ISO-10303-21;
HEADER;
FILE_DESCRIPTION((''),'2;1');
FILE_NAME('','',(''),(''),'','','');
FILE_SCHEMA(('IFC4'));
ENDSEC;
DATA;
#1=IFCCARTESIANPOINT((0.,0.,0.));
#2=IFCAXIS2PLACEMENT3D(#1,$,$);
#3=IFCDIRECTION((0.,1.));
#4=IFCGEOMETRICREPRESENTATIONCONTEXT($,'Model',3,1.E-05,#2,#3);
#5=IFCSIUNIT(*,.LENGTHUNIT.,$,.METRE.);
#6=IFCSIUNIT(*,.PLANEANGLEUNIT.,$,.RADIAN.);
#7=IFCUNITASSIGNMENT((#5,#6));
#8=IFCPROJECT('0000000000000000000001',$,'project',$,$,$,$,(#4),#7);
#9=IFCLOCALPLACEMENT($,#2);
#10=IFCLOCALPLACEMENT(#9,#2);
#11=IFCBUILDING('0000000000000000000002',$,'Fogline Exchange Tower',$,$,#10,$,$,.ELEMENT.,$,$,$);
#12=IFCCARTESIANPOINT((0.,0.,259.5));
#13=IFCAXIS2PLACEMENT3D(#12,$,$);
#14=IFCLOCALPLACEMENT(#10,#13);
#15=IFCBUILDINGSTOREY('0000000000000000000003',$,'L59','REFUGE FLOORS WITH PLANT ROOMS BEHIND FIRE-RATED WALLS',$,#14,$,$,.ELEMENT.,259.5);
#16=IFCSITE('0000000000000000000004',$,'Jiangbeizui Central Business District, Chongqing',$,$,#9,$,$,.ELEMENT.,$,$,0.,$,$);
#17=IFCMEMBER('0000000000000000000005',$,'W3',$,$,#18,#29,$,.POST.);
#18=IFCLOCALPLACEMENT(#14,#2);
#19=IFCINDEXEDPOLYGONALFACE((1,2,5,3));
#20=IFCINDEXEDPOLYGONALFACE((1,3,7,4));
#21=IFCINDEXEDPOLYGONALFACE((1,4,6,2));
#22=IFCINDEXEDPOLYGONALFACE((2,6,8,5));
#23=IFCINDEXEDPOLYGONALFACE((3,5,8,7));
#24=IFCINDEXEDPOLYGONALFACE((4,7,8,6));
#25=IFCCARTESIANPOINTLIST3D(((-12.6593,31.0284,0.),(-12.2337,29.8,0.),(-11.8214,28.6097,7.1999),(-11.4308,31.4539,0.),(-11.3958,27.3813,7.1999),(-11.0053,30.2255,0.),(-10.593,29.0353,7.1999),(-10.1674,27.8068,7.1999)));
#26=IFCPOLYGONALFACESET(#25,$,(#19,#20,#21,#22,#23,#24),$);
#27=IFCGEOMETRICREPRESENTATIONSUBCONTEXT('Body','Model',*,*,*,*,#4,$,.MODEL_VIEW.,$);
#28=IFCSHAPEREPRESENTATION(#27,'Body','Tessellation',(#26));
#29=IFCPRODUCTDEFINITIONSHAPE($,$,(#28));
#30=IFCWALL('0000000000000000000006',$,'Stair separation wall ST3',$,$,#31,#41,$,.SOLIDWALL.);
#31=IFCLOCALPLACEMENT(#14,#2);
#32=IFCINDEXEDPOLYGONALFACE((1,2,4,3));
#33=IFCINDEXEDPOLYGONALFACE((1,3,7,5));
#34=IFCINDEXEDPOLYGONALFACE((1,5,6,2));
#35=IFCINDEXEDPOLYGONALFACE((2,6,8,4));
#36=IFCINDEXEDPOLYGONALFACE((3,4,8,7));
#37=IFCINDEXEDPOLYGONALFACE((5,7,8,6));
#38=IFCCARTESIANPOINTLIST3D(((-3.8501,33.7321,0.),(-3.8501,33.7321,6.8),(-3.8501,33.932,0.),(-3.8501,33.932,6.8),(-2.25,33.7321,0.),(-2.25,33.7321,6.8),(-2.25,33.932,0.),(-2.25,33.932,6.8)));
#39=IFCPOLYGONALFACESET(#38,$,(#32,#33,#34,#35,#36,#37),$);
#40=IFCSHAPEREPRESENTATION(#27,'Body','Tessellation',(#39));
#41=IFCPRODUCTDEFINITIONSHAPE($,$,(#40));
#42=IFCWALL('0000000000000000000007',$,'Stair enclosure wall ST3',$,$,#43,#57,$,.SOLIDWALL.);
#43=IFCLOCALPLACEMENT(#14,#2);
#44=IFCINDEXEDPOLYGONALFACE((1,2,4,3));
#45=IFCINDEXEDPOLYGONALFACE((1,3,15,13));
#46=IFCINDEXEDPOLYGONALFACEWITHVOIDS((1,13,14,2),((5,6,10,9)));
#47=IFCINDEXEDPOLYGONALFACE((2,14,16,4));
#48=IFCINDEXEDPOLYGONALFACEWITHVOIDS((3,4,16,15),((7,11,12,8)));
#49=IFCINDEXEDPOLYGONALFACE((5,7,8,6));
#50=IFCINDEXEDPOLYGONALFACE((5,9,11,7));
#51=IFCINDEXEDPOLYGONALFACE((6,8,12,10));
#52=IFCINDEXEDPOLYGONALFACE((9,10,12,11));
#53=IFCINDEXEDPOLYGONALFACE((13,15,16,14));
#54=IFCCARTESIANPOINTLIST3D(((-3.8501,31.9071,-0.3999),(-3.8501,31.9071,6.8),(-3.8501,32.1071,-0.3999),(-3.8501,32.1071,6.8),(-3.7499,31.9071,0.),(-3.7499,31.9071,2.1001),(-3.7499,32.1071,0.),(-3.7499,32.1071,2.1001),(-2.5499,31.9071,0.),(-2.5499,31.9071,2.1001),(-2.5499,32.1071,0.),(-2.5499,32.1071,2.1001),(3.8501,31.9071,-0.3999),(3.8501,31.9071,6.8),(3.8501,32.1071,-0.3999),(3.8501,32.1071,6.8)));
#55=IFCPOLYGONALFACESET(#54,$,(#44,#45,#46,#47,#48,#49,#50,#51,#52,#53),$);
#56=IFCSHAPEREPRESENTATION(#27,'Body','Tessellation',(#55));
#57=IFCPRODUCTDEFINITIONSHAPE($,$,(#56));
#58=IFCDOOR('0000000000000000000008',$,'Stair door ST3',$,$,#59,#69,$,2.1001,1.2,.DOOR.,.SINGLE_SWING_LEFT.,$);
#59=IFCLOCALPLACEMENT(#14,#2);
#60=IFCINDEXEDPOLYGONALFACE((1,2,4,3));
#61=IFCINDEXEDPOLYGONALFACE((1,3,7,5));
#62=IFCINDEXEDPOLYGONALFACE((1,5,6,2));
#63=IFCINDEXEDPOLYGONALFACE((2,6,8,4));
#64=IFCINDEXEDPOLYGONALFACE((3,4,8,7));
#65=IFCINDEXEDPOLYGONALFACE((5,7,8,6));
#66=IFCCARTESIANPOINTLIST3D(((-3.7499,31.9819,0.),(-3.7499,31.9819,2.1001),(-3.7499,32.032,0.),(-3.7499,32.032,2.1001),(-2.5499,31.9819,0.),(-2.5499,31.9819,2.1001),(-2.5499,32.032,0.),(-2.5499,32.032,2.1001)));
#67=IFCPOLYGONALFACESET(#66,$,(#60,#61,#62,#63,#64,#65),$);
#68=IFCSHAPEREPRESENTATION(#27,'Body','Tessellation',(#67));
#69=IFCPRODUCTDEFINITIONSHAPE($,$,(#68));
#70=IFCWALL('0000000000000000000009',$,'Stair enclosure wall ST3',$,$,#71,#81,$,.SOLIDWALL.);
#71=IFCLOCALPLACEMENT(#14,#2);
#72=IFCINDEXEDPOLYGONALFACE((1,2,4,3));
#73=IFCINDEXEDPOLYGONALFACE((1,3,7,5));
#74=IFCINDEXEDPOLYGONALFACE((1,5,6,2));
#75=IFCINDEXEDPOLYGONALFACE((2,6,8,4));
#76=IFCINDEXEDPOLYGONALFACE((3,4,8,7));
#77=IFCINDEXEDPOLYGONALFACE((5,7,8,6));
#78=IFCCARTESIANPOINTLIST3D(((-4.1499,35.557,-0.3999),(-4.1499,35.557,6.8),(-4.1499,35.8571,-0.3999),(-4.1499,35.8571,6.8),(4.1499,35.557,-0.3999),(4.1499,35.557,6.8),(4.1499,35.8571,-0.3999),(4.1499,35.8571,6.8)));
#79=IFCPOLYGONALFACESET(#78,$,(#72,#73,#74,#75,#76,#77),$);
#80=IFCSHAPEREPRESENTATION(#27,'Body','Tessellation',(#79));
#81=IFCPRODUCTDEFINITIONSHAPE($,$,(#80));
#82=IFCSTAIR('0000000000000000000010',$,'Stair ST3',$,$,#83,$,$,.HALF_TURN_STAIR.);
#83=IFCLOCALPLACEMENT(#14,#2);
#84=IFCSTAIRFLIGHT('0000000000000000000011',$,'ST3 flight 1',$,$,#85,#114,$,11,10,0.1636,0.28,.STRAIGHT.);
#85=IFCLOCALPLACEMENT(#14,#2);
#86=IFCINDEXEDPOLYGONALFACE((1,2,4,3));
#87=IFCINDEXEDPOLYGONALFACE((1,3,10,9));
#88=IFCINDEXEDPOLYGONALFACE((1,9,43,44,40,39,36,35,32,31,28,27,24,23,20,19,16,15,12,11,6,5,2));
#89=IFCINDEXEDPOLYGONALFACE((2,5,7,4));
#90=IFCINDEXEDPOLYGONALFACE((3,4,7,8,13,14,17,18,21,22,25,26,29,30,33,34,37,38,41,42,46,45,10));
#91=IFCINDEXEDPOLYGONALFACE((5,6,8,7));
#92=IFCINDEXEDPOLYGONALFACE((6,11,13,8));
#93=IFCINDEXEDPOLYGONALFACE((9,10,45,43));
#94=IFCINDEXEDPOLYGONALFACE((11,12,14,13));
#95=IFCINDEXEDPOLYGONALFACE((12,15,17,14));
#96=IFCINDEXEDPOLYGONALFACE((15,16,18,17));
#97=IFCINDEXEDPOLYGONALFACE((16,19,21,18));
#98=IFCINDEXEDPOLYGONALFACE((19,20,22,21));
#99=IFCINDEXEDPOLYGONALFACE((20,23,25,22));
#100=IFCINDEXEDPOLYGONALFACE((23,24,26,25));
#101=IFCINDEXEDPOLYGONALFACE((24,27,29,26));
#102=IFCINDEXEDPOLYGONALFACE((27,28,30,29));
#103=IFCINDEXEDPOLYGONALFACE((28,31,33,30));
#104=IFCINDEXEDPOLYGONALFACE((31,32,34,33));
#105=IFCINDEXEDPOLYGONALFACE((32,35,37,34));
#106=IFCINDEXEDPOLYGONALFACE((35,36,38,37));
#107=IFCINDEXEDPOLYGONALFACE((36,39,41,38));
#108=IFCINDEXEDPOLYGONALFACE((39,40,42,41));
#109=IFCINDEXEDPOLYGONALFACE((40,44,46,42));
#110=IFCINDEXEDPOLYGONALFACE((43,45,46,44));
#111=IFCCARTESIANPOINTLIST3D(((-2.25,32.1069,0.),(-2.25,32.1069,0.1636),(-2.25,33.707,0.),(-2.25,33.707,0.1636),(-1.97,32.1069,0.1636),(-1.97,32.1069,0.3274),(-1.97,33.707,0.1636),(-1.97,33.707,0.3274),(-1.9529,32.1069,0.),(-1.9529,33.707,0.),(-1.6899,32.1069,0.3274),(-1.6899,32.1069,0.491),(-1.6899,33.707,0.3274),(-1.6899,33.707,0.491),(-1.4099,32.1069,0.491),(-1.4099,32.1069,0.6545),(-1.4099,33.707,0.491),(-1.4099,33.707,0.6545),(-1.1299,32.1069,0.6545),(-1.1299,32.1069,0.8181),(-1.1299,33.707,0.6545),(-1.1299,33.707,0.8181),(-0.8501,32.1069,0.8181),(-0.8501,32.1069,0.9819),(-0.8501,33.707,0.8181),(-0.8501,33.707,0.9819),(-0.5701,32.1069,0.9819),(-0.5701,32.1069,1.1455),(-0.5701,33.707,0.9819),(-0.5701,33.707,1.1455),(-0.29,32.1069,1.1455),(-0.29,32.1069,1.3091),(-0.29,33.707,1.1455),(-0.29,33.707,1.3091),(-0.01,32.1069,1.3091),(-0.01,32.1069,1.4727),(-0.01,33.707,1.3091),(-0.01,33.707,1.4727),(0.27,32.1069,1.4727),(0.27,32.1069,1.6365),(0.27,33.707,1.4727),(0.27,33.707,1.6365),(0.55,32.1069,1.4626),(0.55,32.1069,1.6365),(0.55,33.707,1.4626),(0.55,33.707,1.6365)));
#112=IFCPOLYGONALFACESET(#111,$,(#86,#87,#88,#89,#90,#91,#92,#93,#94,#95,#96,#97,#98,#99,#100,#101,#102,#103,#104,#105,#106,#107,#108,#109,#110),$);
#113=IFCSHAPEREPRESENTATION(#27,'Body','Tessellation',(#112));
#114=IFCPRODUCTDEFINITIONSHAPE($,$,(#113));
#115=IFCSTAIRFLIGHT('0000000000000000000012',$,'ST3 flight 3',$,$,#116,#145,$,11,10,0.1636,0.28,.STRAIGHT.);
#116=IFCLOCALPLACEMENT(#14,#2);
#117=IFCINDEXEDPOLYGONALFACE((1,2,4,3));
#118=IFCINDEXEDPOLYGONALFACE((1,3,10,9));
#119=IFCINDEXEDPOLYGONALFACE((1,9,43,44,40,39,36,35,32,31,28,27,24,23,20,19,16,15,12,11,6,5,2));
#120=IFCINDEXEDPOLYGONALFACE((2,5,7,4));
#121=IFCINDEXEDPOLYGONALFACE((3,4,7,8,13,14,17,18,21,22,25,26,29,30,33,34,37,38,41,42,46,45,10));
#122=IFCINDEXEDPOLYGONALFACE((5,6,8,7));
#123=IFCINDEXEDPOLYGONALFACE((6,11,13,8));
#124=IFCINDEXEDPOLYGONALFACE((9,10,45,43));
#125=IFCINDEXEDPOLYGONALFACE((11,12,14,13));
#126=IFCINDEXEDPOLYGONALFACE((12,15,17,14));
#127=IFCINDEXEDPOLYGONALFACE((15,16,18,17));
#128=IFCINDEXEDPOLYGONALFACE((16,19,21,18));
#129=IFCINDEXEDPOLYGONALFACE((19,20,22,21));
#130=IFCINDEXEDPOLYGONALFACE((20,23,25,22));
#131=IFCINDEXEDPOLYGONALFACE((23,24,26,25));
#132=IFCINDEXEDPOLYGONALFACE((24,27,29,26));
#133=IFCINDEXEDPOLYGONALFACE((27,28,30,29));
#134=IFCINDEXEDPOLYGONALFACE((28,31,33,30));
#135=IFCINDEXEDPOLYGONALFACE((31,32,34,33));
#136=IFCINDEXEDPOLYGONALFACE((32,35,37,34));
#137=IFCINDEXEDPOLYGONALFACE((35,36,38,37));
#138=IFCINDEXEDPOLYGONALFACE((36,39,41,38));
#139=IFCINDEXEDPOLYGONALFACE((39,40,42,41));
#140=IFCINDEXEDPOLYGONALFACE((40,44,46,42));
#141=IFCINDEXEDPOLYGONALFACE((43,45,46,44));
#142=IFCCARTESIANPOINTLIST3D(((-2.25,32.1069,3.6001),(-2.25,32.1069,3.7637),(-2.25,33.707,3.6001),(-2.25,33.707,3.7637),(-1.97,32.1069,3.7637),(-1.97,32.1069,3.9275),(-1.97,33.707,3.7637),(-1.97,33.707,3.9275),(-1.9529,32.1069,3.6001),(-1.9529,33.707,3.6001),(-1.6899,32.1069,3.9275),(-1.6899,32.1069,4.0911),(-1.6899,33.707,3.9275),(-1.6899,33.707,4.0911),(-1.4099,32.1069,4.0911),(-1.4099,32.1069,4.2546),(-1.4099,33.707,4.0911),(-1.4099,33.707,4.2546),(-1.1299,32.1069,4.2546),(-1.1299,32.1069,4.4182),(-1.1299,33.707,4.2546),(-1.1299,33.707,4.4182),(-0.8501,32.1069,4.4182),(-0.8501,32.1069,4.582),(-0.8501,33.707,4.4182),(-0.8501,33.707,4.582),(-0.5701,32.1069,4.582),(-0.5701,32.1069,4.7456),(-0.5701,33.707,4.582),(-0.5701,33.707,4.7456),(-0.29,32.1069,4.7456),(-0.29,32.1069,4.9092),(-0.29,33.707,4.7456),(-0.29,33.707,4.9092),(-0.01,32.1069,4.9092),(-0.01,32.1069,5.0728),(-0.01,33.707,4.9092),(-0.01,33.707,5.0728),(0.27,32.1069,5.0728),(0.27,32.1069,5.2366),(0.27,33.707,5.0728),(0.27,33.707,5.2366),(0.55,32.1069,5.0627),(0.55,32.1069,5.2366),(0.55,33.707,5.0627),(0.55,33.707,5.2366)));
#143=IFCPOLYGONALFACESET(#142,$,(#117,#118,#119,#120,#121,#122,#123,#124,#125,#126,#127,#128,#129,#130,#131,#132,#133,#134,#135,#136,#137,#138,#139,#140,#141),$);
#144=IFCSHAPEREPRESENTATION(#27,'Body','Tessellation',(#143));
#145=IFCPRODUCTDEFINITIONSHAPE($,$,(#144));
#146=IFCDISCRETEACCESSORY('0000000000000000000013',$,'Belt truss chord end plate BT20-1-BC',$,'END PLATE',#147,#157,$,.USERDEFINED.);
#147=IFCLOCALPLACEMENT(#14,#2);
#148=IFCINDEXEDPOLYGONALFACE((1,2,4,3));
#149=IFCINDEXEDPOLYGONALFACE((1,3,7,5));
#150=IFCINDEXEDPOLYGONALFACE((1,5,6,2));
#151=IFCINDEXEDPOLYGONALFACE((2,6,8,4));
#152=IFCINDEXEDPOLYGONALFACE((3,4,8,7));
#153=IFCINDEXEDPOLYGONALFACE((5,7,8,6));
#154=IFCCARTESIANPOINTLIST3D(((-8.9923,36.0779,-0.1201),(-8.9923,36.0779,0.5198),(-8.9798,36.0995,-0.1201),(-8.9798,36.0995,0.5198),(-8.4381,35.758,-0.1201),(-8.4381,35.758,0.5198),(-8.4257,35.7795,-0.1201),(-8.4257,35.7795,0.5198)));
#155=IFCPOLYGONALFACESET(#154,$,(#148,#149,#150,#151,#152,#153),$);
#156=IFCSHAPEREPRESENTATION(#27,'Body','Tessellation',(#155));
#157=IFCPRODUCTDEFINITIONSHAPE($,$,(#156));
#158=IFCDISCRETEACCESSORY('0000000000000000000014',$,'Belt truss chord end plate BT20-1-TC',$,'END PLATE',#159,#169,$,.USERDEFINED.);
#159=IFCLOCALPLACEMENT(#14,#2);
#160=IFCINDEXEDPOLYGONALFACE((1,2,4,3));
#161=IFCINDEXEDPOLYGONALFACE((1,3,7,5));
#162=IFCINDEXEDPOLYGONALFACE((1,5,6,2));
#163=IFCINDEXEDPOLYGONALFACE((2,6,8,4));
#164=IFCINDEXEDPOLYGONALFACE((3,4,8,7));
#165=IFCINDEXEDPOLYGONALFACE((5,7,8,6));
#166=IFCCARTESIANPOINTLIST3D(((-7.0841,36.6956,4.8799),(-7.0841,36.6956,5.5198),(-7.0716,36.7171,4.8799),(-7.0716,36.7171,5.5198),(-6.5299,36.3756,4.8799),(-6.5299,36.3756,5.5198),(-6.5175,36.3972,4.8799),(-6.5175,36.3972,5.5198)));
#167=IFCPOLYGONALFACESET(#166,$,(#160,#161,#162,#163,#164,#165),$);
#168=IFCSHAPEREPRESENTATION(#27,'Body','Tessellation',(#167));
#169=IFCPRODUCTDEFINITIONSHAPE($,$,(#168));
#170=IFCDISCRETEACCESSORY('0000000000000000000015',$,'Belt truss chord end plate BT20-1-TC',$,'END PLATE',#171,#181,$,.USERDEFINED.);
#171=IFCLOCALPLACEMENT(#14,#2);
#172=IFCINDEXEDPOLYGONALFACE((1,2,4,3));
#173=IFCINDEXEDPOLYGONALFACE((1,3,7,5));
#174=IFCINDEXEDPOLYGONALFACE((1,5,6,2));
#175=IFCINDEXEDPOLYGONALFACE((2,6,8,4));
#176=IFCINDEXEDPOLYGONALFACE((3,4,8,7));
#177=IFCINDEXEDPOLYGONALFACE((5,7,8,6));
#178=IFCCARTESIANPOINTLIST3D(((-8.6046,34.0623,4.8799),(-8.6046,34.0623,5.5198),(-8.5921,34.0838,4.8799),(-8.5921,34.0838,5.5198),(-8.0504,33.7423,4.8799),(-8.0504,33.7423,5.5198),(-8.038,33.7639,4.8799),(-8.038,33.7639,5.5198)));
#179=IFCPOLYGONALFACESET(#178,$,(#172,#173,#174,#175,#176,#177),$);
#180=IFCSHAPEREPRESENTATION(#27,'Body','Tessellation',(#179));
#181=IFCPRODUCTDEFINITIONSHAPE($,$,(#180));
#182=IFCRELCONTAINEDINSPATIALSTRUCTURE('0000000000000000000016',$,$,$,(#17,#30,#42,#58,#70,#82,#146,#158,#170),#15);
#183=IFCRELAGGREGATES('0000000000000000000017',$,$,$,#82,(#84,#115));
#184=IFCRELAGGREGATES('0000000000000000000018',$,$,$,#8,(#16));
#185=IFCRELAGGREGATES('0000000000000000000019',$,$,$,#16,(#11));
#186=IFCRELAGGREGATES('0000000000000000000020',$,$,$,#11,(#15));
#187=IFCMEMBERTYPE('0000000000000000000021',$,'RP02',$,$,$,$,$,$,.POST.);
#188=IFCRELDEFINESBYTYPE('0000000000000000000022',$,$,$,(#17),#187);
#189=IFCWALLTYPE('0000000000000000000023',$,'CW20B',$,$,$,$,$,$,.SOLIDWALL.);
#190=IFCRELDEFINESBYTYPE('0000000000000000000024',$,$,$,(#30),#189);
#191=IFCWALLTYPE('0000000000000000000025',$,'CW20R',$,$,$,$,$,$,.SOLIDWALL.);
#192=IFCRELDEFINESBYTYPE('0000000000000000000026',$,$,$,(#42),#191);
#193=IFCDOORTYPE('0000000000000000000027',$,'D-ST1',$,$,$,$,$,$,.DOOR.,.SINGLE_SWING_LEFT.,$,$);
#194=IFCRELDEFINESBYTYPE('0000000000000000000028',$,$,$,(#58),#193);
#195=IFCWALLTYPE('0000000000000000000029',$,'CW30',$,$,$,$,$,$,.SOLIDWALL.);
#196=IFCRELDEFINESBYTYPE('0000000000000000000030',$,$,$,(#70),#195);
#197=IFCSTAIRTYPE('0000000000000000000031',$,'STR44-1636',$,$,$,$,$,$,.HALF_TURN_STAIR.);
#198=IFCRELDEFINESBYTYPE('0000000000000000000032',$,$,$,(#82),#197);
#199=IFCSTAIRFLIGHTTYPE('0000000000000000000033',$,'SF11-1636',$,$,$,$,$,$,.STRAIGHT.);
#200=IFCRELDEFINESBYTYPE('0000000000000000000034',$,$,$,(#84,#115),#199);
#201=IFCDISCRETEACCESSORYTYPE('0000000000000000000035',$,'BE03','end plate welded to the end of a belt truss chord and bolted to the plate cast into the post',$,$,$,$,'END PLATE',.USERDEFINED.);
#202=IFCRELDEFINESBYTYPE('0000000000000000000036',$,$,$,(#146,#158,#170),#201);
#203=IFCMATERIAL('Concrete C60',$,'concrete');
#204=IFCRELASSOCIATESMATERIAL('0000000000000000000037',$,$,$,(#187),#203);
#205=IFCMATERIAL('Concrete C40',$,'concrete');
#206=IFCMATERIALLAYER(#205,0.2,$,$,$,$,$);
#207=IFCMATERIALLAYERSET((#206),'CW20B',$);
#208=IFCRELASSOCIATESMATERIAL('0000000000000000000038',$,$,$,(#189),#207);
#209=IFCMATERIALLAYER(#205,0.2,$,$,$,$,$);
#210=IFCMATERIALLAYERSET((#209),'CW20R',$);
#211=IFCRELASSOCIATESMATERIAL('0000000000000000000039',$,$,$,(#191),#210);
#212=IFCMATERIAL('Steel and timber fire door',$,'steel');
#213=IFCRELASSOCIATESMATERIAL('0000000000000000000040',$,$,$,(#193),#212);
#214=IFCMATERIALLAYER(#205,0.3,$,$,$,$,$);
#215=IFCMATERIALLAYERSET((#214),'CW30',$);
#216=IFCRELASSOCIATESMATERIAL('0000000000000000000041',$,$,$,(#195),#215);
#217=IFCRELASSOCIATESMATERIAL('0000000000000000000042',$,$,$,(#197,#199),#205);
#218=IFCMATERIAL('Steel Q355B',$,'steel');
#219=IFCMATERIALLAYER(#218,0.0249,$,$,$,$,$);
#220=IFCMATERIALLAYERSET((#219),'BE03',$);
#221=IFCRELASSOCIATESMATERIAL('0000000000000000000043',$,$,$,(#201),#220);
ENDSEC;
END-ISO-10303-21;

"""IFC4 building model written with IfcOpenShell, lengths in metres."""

from ifc_helpers import new_model, si_unit, direction, frame, frame_2d, origin, origin_2d, place, context, subcontext, project, spatial, polyline, rectangle, outline, extrude, material, layer, layer_set, material_profile, profile_set, type_object, element, fill, aggregate, save


model = new_model("IFC4")

# Units and contexts
model_context = context("Model", 3, precision=1e-05, world=origin(), true_north=direction((0.0, 1.0)))
body_context = subcontext(model_context, "Body", "Model", "MODEL_VIEW")
ifc_project = project(units=[si_unit("LENGTHUNIT", "METRE"), si_unit("PLANEANGLEUNIT", "RADIAN")], contexts=[model_context])

# Site, building, storey
site_placement = place(None, origin())
site = spatial("IfcSite", under=ifc_project, at=site_placement, Name="Jiangbeizui Central Business District, Chongqing", CompositionType="ELEMENT", RefElevation=0.0)
building_placement = place(site_placement, origin())
building = spatial("IfcBuilding", under=site, at=building_placement, Name="Fogline Exchange Tower", CompositionType="ELEMENT")
storey_placement = place(building_placement, frame((0.0, 0.0, 259.5)))
storey = spatial("IfcBuildingStorey", under=building, at=storey_placement, Name="L59", Description="REFUGE FLOORS WITH PLANT ROOMS BEHIND FIRE-RATED WALLS", CompositionType="ELEMENT", Elevation=259.5)

# Shared definitions
ifc_material_1 = material(Name="Concrete C40", Category="concrete")

# Member
ifc_material_2 = material(Name="Steel Q355B", Category="steel")
ifc_material_3 = material(Name="Concrete C60", Category="concrete")
ifc_material_profile_1 = material_profile(ifc_material_3, rectangle(XDim=1.3, YDim=1.3, at=origin_2d()), Name="RC 1300x1300")
ifc_profile_set_1 = profile_set([ifc_material_profile_1], Name="Concrete C60")
member_type_1 = type_object("IfcMemberType", Name="RP02", PredefinedType="POST", material=ifc_profile_set_1)
member_1_placement = place(storey_placement, frame((-11.8323, 30.627, 0.0), z_axis=(0.0, 0.0, 1.0), x_axis=(0.944908, 0.327337, 0.0)))
element("IfcMember", 1, at=member_1_placement, inside=storey, type_object=member_type_1, Name="W3", PredefinedType="POST", context=body_context, shape_type="SweptSolid", body=[
    extrude(rectangle(XDim=1.3, YDim=1.3, at=origin_2d()), origin(), (0.0, -0.334979, 0.942225), 7.6414),
])

# Wall
ifc_layer_1 = layer(ifc_material_1, 0.2)
ifc_layer_set_1 = layer_set([ifc_layer_1], Name="CW20B")
wall_type_1 = type_object("IfcWallType", Name="CW20B", PredefinedType="SOLIDWALL", material=ifc_layer_set_1)
wall_1_placement = place(storey_placement, frame((-3.8501, 33.832, 0.0), z_axis=(0.0, 0.0, 1.0), x_axis=(1.0, 0.0, 0.0)))
element("IfcWall", 2, at=wall_1_placement, inside=storey, type_object=wall_type_1, Name="Stair separation wall ST3", PredefinedType="SOLIDWALL", context=body_context, shape_type="SweptSolid", body=[
    extrude(rectangle(XDim=1.6001, YDim=0.2, at=frame_2d((0.8, 0.0))), origin(), (0.0, 0.0, 1.0), 6.8),
])

# Wall, opening, door
ifc_layer_2 = layer(ifc_material_1, 0.2)
ifc_layer_set_2 = layer_set([ifc_layer_2], Name="CW20R")
wall_type_2 = type_object("IfcWallType", Name="CW20R", PredefinedType="SOLIDWALL", material=ifc_layer_set_2)
wall_2_placement = place(storey_placement, frame((-3.8501, 32.0071, -0.3999), z_axis=(0.0, 0.0, 1.0), x_axis=(1.0, 0.0, 0.0)))
wall_2 = element("IfcWall", 3, at=wall_2_placement, inside=storey, type_object=wall_type_2, Name="Stair enclosure wall ST3", PredefinedType="SOLIDWALL", context=body_context, shape_type="SweptSolid", body=[
    extrude(rectangle(XDim=7.7002, YDim=0.2, at=frame_2d((3.8501, 0.0))), origin(), (0.0, 0.0, 1.0), 7.2),
])
opening_placement = place(wall_2_placement, frame((0.1001, 0.0, 0.3999)))
opening = element("IfcOpeningElement", 4, at=opening_placement, cuts=wall_2, PredefinedType="OPENING", context=body_context, shape_type="SweptSolid", body=[
    extrude(rectangle(XDim=1.2, YDim=2.1001, at=frame_2d((0.6001, 1.05))), frame((0.0, 0.1099, 0.0), z_axis=(0.0, -1.0, 0.0), x_axis=(1.0, 0.0, 0.0)), (0.0, 0.0, 1.0), 0.22),
])
ifc_material_4 = material(Name="Steel and timber fire door", Category="steel")
door_type = type_object("IfcDoorType", Name="D-ST1", OperationType="SINGLE_SWING_LEFT", PredefinedType="DOOR", material=ifc_material_4)
door_placement = place(opening_placement, origin())
door = element("IfcDoor", 5, at=door_placement, inside=storey, type_object=door_type, Name="Stair door ST3", OperationType="SINGLE_SWING_LEFT", OverallHeight=2.1001, OverallWidth=1.2, PredefinedType="DOOR", context=body_context, shape_type="SweptSolid", body=[
    extrude(rectangle(XDim=1.2, YDim=2.1001, at=frame_2d((0.6001, 1.05))), frame((0.0, 0.0249, 0.0), z_axis=(0.0, -1.0, 0.0), x_axis=(1.0, 0.0, 0.0)), (0.0, 0.0, 1.0), 0.05),
])
fill(opening, door)

# Wall
ifc_layer_3 = layer(ifc_material_1, 0.3)
ifc_layer_set_3 = layer_set([ifc_layer_3], Name="CW30")
wall_type_3 = type_object("IfcWallType", Name="CW30", PredefinedType="SOLIDWALL", material=ifc_layer_set_3)
wall_3_placement = place(storey_placement, frame((-4.1499, 35.707, -0.3999), z_axis=(0.0, 0.0, 1.0), x_axis=(1.0, 0.0, 0.0)))
element("IfcWall", 6, at=wall_3_placement, inside=storey, type_object=wall_type_3, Name="Stair enclosure wall ST3", PredefinedType="SOLIDWALL", context=body_context, shape_type="SweptSolid", body=[
    extrude(rectangle(XDim=8.2998, YDim=0.3, at=frame_2d((4.1499, 0.0))), origin(), (0.0, 0.0, 1.0), 7.2),
])

# Stair, stair flights
stair_type = type_object("IfcStairType", Name="STR44-1636", PredefinedType="HALF_TURN_STAIR", material=ifc_material_1)
stair_placement = place(storey_placement, origin())
stair = element("IfcStair", 7, at=stair_placement, inside=storey, type_object=stair_type, Name="Stair ST3", PredefinedType="HALF_TURN_STAIR")
stair_flight_type = type_object("IfcStairFlightType", Name="SF11-1636", PredefinedType="STRAIGHT", material=ifc_material_1)
stair_flight_1_placement = place(storey_placement, frame((-2.25, 32.907, 0.0), z_axis=(0.0, 0.0, 1.0), x_axis=(1.0, 0.0, 0.0)))
stair_flight_1 = element("IfcStairFlight", 8, at=stair_flight_1_placement, type_object=stair_flight_type, Name="ST3 flight 1", NumberOfRisers=11, NumberOfTreads=10, PredefinedType="STRAIGHT", RiserHeight=0.1636, TreadLength=0.28, context=body_context, shape_type="SweptSolid", body=[
    extrude(outline(polyline([(0.0, 0.0), (0.0, 0.1636), (0.28, 0.1636), (0.28, 0.3274), (0.5601, 0.3274), (0.5601, 0.491), (0.8401, 0.491), (0.8401, 0.6545), (1.1201, 0.6545), (1.1201, 0.8181), (1.3999, 0.8181), (1.3999, 0.9819), (1.6799, 0.9819), (1.6799, 1.1455), (1.96, 1.1455), (1.96, 1.3091), (2.24, 1.3091), (2.24, 1.4727), (2.52, 1.4727), (2.52, 1.6365), (2.8, 1.6365), (2.8, 1.8), (2.8, 1.4626), (0.2971, 0.0), (0.0, 0.0)])), frame((0.0, 0.8, 0.0), z_axis=(0.0, -1.0, 0.0), x_axis=(1.0, 0.0, 0.0)), (0.0, 0.0, 1.0), 1.6001),
])
stair_flight_2_placement = place(storey_placement, frame((-2.25, 32.907, 3.6001), z_axis=(0.0, 0.0, 1.0), x_axis=(1.0, 0.0, 0.0)))
stair_flight_2 = element("IfcStairFlight", 9, at=stair_flight_2_placement, type_object=stair_flight_type, Name="ST3 flight 3", NumberOfRisers=11, NumberOfTreads=10, PredefinedType="STRAIGHT", RiserHeight=0.1636, TreadLength=0.28, context=body_context, shape_type="SweptSolid", body=[
    extrude(outline(polyline([(0.0, 0.0), (0.0, 0.1636), (0.28, 0.1636), (0.28, 0.3274), (0.5601, 0.3274), (0.5601, 0.491), (0.8401, 0.491), (0.8401, 0.6545), (1.1201, 0.6545), (1.1201, 0.8181), (1.3999, 0.8181), (1.3999, 0.9819), (1.6799, 0.9819), (1.6799, 1.1455), (1.96, 1.1455), (1.96, 1.3091), (2.24, 1.3091), (2.24, 1.4727), (2.52, 1.4727), (2.52, 1.6365), (2.8, 1.6365), (2.8, 1.8), (2.8, 1.4626), (0.2971, 0.0), (0.0, 0.0)])), frame((0.0, 0.8, 0.0), z_axis=(0.0, -1.0, 0.0), x_axis=(1.0, 0.0, 0.0)), (0.0, 0.0, 1.0), 1.6001),
])
aggregate(stair, [stair_flight_1, stair_flight_2])

# Discrete accessories
ifc_layer_4 = layer(ifc_material_2, 0.0249)
ifc_layer_set_4 = layer_set([ifc_layer_4], Name="BE03")
discrete_accessory_type = type_object("IfcDiscreteAccessoryType", Name="BE03", Description="end plate welded to the end of a belt truss chord and bolted to the plate cast into the post", ElementType="END PLATE", PredefinedType="USERDEFINED", material=ifc_layer_set_4)
for number, where, z_axis, x_axis, name in (
    (10, (-8.709, 35.9287, -0.1201), (0.0, 0.0, 1.0), (-0.5, -0.866025, 0.0), "Belt truss chord end plate BT20-1-BC"),
    (11, (-6.8008, 36.5464, 4.8799), (0.0, 0.0, 1.0), (0.5, 0.866025, 0.0), "Belt truss chord end plate BT20-1-TC"),
    (12, (-8.3213, 33.9131, 4.8799), (0.0, 0.0, 1.0), (-0.5, -0.866025, 0.0), "Belt truss chord end plate BT20-1-TC"),
):
    element("IfcDiscreteAccessory", number, at=place(storey_placement, frame(where, z_axis=z_axis, x_axis=x_axis)), inside=storey, type_object=discrete_accessory_type, Name=name, ObjectType="END PLATE", PredefinedType="USERDEFINED", context=body_context, shape_type="SweptSolid", body=[
        extrude(rectangle(XDim=0.0249, YDim=0.6399, at=origin_2d()), origin(), (0.0, 0.0, 1.0), 0.6399),
    ])

save(model, "model.ifc")
